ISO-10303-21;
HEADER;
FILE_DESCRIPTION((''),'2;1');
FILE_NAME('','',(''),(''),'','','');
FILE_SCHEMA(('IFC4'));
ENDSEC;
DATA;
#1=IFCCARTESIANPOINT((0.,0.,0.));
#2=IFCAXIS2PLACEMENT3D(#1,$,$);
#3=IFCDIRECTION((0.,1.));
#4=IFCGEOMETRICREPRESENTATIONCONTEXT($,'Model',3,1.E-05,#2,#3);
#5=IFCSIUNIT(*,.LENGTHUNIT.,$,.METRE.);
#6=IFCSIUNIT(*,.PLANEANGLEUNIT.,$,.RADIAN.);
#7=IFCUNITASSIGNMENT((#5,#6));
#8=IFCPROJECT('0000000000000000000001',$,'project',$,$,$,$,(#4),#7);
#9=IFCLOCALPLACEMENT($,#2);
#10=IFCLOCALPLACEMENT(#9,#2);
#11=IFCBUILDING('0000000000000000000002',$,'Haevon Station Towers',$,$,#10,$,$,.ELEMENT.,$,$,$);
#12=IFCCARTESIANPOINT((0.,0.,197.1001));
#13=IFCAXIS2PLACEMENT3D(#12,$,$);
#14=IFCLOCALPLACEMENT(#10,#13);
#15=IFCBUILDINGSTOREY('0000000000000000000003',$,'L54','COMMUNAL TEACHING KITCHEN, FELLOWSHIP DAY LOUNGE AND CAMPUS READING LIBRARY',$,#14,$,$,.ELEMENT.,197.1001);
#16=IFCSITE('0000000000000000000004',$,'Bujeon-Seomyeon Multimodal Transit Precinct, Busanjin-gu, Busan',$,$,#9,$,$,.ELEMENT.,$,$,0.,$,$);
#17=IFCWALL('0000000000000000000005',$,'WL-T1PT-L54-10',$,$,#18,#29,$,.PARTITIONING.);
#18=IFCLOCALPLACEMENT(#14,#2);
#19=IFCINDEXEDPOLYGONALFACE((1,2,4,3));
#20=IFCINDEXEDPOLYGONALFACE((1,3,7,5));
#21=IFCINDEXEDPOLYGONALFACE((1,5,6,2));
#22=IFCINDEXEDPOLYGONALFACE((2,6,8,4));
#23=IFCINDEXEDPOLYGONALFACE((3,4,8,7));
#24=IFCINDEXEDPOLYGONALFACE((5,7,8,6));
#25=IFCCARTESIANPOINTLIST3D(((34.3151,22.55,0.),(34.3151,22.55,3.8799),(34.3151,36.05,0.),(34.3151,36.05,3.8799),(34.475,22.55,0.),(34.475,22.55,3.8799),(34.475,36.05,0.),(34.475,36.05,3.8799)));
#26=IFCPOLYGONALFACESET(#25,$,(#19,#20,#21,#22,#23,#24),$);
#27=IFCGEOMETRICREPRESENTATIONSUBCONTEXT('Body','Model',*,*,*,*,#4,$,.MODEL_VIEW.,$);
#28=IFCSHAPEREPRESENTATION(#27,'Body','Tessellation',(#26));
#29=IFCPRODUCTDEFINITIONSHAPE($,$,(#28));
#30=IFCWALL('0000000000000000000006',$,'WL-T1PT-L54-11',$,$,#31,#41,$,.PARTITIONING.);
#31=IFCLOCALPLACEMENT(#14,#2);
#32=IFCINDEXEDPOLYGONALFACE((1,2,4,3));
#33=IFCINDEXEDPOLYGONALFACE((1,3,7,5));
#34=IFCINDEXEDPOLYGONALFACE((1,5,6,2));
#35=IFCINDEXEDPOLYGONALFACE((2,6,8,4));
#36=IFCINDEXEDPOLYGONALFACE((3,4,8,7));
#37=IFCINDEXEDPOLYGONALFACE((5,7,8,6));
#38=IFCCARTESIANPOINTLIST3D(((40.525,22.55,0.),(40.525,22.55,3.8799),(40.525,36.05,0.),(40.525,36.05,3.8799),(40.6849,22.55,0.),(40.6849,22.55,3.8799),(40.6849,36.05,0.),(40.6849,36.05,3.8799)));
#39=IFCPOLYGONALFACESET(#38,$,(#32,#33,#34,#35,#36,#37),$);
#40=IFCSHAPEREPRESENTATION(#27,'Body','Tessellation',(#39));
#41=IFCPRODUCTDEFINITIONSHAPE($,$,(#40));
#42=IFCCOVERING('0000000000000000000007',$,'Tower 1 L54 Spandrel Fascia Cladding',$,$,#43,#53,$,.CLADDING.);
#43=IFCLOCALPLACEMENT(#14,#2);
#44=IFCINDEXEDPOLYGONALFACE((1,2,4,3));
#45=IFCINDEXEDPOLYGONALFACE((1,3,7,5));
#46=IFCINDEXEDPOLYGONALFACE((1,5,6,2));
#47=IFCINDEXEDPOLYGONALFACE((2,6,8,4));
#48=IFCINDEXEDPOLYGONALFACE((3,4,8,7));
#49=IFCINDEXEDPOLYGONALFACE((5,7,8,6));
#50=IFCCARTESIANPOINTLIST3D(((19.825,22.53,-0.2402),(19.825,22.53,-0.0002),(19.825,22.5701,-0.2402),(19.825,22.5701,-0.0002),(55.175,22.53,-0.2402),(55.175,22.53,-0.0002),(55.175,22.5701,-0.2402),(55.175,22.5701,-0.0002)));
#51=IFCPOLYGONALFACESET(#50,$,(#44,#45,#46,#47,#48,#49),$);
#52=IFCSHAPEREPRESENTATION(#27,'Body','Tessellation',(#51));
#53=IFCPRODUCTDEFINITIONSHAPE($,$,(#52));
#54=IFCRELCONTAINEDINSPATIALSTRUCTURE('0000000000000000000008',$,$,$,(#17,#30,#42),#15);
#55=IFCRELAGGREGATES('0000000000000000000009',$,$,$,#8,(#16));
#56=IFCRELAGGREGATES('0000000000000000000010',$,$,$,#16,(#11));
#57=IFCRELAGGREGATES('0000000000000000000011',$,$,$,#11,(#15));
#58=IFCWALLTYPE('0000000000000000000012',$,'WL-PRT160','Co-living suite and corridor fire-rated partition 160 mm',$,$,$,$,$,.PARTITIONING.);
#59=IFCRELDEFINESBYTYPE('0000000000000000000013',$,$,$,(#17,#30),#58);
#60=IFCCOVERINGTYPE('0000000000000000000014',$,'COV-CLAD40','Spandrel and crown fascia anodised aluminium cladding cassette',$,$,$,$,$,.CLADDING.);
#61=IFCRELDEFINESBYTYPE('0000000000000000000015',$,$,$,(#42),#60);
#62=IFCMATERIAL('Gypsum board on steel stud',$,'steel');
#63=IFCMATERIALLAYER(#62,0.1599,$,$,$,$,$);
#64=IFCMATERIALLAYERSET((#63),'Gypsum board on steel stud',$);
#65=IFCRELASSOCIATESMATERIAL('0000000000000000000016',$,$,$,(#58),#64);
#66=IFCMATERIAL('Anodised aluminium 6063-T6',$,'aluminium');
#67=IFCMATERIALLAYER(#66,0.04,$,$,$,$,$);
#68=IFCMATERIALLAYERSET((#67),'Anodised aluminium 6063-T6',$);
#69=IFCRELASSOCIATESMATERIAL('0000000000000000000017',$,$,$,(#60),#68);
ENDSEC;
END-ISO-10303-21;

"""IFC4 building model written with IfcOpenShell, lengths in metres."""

from ifc_helpers import new_model, si_unit, direction, frame, frame_2d, origin, origin_2d, place, context, subcontext, project, spatial, rectangle, extrude, material, layer, layer_set, type_object, element, save


model = new_model("IFC4")

# Units and contexts
model_context = context("Model", 3, precision=1e-05, world=origin(), true_north=direction((0.0, 1.0)))
body_context = subcontext(model_context, "Body", "Model", "MODEL_VIEW")
ifc_project = project(units=[si_unit("LENGTHUNIT", "METRE"), si_unit("PLANEANGLEUNIT", "RADIAN")], contexts=[model_context])

# Site, building, storey
site_placement = place(None, origin())
site = spatial("IfcSite", under=ifc_project, at=site_placement, Name="Bujeon-Seomyeon Multimodal Transit Precinct, Busanjin-gu, Busan", CompositionType="ELEMENT", RefElevation=0.0)
building_placement = place(site_placement, origin())
building = spatial("IfcBuilding", under=site, at=building_placement, Name="Haevon Station Towers", CompositionType="ELEMENT")
storey_placement = place(building_placement, frame((0.0, 0.0, 197.1001)))
storey = spatial("IfcBuildingStorey", under=building, at=storey_placement, Name="L54", Description="COMMUNAL TEACHING KITCHEN, FELLOWSHIP DAY LOUNGE AND CAMPUS READING LIBRARY", CompositionType="ELEMENT", Elevation=197.1001)

# Walls
ifc_material_1 = material(Name="Gypsum board on steel stud", Category="steel")
ifc_layer_1 = layer(ifc_material_1, 0.1599)
ifc_layer_set_1 = layer_set([ifc_layer_1], Name="Gypsum board on steel stud")
wall_type_1 = type_object("IfcWallType", Name="WL-PRT160", Description="Co-living suite and corridor fire-rated partition 160 mm", PredefinedType="PARTITIONING", material=ifc_layer_set_1)
for number, where, z_axis, x_axis, name in (
    (1, (34.395, 22.55, 0.0), (0.0, 0.0, 1.0), (0.0, 1.0, 0.0), "WL-T1PT-L54-10"),
    (2, (40.605, 22.55, 0.0), (0.0, 0.0, 1.0), (0.0, 1.0, 0.0), "WL-T1PT-L54-11"),
):
    element("IfcWall", number, at=place(storey_placement, frame(where, z_axis=z_axis, x_axis=x_axis)), inside=storey, type_object=wall_type_1, Name=name, PredefinedType="PARTITIONING", context=body_context, shape_type="SweptSolid", body=[
        extrude(rectangle(XDim=13.5, YDim=0.1599, at=frame_2d((6.75, 0.0))), origin(), (0.0, 0.0, 1.0), 3.8799),
    ])

# Covering
ifc_material_2 = material(Name="Anodised aluminium 6063-T6", Category="aluminium")
ifc_layer_2 = layer(ifc_material_2, 0.04)
ifc_layer_set_2 = layer_set([ifc_layer_2], Name="Anodised aluminium 6063-T6")
covering_type = type_object("IfcCoveringType", Name="COV-CLAD40", Description="Spandrel and crown fascia anodised aluminium cladding cassette", PredefinedType="CLADDING", material=ifc_layer_set_2)
covering_placement = place(storey_placement, frame((37.5, 22.55, -0.2402), z_axis=(0.0, 0.0, 1.0), x_axis=(1.0, 0.0, 0.0)))
element("IfcCovering", 3, at=covering_placement, inside=storey, type_object=covering_type, Name="Tower 1 L54 Spandrel Fascia Cladding", PredefinedType="CLADDING", context=body_context, shape_type="SweptSolid", body=[
    extrude(rectangle(XDim=35.3501, YDim=0.04, at=origin_2d()), origin(), (0.0, 0.0, 1.0), 0.24),
])

save(model, "model.ifc")
